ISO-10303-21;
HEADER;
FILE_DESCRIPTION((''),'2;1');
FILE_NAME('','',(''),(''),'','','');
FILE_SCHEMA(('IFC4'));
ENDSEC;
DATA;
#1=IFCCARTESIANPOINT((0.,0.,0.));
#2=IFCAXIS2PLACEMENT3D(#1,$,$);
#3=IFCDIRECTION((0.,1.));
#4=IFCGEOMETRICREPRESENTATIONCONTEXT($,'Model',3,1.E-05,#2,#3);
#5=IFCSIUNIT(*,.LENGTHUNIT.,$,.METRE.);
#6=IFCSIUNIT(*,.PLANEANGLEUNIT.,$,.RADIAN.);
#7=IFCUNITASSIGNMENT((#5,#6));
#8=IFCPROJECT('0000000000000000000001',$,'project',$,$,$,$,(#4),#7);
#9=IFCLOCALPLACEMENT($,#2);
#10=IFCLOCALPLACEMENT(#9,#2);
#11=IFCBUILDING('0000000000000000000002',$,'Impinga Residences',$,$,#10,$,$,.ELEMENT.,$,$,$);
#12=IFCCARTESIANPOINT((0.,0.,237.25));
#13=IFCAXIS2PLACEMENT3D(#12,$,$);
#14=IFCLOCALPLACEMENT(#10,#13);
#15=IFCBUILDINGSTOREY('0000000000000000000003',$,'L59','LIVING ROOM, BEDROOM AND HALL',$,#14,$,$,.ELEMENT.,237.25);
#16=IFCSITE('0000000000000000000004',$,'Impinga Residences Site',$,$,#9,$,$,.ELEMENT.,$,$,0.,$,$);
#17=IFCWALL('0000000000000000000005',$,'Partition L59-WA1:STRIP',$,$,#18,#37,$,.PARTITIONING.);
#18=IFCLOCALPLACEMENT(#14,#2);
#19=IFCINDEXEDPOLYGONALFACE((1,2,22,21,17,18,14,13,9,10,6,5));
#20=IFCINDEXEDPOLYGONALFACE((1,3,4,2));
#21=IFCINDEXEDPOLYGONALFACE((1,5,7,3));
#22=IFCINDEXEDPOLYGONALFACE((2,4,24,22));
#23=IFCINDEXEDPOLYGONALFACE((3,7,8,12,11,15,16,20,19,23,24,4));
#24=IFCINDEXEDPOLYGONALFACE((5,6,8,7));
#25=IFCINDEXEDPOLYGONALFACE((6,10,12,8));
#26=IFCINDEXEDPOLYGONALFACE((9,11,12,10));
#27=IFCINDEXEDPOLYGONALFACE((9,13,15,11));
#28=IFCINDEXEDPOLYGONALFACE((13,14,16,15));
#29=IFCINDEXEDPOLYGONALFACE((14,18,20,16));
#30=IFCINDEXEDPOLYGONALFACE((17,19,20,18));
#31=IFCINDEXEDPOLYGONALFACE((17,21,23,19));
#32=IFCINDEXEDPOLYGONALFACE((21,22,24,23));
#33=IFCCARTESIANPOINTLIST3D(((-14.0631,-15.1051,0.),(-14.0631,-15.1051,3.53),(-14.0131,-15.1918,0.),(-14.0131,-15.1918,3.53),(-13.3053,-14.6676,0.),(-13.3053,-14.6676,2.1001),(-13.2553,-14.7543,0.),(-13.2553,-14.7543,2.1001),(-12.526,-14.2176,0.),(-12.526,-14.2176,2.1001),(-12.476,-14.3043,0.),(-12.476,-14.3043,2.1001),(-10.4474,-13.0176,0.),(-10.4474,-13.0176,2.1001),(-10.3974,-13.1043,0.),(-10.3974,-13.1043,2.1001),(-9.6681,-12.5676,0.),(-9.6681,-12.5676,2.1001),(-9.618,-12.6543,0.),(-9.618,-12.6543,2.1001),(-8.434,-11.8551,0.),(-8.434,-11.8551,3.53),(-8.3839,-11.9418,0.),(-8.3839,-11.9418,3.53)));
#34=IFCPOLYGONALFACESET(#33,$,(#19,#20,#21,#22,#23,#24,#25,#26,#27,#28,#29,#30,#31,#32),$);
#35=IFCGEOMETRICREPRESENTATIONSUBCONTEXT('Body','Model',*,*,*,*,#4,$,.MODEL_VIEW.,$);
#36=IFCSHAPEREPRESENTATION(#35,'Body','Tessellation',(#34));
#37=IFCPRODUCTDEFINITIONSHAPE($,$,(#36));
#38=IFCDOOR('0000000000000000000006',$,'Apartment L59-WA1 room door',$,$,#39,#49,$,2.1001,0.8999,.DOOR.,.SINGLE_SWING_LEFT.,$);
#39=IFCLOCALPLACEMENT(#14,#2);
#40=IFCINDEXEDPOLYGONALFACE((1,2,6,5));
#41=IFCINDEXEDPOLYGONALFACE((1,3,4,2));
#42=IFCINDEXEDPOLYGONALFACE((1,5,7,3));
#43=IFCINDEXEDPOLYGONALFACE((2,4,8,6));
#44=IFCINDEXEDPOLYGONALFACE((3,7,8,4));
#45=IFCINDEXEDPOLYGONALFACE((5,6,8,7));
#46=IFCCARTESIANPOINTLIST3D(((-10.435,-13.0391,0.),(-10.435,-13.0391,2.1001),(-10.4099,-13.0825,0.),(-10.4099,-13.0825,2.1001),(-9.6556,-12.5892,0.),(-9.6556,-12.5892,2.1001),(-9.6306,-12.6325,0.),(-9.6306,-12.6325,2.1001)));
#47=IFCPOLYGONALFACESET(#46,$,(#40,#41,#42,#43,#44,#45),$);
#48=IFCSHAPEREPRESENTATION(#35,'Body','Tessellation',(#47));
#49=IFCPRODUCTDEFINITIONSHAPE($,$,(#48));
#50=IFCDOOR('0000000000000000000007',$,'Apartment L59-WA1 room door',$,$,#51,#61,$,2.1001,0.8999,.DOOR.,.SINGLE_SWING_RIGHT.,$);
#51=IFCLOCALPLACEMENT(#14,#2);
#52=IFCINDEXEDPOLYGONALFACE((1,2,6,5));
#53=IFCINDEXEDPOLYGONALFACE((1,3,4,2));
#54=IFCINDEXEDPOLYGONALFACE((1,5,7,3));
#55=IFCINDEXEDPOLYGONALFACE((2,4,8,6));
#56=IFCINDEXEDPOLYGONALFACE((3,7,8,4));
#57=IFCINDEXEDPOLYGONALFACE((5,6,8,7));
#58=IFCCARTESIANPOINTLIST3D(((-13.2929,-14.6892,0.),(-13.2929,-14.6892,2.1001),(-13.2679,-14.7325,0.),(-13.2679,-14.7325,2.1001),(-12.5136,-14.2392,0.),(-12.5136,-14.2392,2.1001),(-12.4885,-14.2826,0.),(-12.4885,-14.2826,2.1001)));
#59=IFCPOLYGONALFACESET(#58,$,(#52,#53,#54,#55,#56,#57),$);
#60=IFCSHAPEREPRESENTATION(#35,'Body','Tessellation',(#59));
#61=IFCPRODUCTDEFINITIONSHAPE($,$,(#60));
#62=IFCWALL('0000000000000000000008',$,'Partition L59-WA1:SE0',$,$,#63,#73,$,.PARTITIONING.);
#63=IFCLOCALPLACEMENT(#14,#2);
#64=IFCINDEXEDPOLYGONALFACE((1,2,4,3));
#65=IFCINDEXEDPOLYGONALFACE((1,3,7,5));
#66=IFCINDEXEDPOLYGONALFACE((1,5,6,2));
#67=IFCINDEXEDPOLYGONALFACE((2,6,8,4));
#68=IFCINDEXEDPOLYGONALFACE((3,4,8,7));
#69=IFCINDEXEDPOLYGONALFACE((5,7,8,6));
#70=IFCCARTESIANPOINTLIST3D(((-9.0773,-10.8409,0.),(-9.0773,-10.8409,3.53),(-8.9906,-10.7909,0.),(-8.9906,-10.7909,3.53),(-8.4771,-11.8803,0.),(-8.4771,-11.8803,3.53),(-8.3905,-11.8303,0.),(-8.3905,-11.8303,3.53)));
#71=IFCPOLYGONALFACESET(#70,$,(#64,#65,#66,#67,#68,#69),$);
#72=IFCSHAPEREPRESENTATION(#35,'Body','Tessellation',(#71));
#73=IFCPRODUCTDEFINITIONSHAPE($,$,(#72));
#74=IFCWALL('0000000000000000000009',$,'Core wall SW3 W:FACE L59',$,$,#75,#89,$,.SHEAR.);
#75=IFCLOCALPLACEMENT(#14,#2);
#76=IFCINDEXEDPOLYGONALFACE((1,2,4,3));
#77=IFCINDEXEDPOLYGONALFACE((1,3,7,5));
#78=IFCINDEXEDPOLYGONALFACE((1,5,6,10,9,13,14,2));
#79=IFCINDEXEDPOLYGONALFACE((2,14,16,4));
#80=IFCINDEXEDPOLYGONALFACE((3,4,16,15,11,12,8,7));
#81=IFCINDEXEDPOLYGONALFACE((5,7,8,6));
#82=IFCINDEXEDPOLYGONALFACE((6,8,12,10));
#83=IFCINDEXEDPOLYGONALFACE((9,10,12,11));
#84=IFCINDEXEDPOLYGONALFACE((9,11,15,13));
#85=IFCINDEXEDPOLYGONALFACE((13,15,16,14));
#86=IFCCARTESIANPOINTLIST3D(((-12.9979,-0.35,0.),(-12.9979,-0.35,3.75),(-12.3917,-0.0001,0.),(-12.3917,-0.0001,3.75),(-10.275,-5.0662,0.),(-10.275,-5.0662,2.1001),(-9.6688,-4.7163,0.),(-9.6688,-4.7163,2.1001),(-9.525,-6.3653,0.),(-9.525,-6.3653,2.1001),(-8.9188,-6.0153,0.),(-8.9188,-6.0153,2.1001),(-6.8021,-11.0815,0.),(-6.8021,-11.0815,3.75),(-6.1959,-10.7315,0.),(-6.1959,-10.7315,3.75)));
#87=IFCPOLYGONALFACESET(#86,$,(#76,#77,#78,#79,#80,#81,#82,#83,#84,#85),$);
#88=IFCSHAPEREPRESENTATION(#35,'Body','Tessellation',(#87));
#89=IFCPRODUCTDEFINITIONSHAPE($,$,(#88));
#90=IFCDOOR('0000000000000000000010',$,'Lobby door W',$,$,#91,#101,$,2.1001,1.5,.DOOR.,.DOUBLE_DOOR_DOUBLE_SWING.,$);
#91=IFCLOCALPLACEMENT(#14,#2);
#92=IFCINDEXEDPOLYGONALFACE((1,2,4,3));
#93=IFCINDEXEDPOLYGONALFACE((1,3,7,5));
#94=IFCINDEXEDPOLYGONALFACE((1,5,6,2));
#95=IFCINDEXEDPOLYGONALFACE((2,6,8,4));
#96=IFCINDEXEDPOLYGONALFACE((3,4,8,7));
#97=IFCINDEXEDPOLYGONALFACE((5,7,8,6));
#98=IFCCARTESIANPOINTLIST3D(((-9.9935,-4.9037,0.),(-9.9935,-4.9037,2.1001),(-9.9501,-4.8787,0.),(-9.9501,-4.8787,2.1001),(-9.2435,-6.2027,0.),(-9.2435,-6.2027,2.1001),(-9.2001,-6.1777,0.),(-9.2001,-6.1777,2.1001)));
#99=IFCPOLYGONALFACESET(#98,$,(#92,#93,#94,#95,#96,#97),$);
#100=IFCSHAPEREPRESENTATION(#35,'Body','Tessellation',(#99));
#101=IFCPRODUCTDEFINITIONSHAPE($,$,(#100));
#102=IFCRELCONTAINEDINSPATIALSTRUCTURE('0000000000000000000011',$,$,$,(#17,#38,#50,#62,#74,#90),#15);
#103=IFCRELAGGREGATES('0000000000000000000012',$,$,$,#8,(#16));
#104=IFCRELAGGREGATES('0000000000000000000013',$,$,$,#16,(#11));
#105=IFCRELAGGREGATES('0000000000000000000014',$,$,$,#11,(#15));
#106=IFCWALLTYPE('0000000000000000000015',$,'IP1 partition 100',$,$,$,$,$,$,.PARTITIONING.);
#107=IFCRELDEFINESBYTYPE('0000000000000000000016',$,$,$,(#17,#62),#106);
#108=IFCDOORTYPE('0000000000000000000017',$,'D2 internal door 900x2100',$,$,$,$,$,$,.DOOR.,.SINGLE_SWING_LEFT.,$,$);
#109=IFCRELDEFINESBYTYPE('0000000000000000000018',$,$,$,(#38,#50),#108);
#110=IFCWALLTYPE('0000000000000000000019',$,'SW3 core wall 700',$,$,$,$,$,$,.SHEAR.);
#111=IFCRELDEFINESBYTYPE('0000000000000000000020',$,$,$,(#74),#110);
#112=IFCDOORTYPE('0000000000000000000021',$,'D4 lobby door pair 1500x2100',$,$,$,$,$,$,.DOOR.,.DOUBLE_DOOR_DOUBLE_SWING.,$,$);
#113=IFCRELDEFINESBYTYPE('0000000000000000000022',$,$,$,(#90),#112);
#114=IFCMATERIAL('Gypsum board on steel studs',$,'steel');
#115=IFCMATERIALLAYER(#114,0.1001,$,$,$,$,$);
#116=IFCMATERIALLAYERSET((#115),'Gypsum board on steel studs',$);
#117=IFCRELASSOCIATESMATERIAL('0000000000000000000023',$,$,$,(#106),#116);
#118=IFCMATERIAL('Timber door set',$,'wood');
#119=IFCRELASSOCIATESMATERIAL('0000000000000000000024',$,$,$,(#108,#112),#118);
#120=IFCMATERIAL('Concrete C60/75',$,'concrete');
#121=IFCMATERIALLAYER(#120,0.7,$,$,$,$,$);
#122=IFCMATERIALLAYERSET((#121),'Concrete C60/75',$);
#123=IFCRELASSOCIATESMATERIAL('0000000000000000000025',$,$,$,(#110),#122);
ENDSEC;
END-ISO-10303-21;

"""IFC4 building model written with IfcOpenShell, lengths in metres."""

from ifc_helpers import new_model, si_unit, direction, frame, frame_2d, origin, place, context, subcontext, project, spatial, rectangle, extrude, material, layer, layer_set, type_object, element, fill, save


model = new_model("IFC4")

# Units and contexts
model_context = context("Model", 3, precision=1e-05, world=origin(), true_north=direction((0.0, 1.0)))
body_context = subcontext(model_context, "Body", "Model", "MODEL_VIEW")
ifc_project = project(units=[si_unit("LENGTHUNIT", "METRE"), si_unit("PLANEANGLEUNIT", "RADIAN")], contexts=[model_context])

# Site, building, storey
site_placement = place(None, origin())
site = spatial("IfcSite", under=ifc_project, at=site_placement, Name="Impinga Residences Site", CompositionType="ELEMENT", RefElevation=0.0)
building_placement = place(site_placement, origin())
building = spatial("IfcBuilding", under=site, at=building_placement, Name="Impinga Residences", CompositionType="ELEMENT")
storey_placement = place(building_placement, frame((0.0, 0.0, 237.25)))
storey = spatial("IfcBuildingStorey", under=building, at=storey_placement, Name="L59", Description="LIVING ROOM, BEDROOM AND HALL", CompositionType="ELEMENT", Elevation=237.25)

# Shared definitions
ifc_material_1 = material(Name="Concrete C60/75", Category="concrete")

# Shared definitions
ifc_material_2 = material(Name="Gypsum board on steel studs", Category="steel")
ifc_layer_1 = layer(ifc_material_2, 0.1001)
ifc_layer_set_1 = layer_set([ifc_layer_1], Name="Gypsum board on steel studs")
wall_type_1 = type_object("IfcWallType", Name="IP1 partition 100", PredefinedType="PARTITIONING", material=ifc_layer_set_1)

# Wall, openings, doors
wall_1_placement = place(storey_placement, frame((-8.4089, -11.8984, 0.0), z_axis=(0.0, 0.0, 1.0), x_axis=(-0.866025, -0.500001, 0.0)))
wall_1 = element("IfcWall", 1, at=wall_1_placement, inside=storey, type_object=wall_type_1, Name="Partition L59-WA1:STRIP", PredefinedType="PARTITIONING", context=body_context, shape_type="SweptSolid", body=[
    extrude(rectangle(XDim=6.5, YDim=0.1001, at=frame_2d((3.25, 0.0))), origin(), (0.0, 0.0, 1.0), 3.53),
])
opening_1_placement = place(wall_1_placement, frame((1.425, 0.0, 0.0)))
opening_1 = element("IfcOpeningElement", 2, at=opening_1_placement, cuts=wall_1, PredefinedType="OPENING", context=body_context, shape_type="SweptSolid", body=[
    extrude(rectangle(XDim=0.8999, YDim=2.1001, at=frame_2d((0.45, 1.05))), frame((0.0, 0.0601, 0.0), z_axis=(0.0, -1.0, 0.0), x_axis=(1.0, 0.0, 0.0)), (0.0, 0.0, 1.0), 0.1201),
])
opening_2_placement = place(wall_1_placement, frame((4.7251, 0.0, 0.0)))
opening_2 = element("IfcOpeningElement", 3, at=opening_2_placement, cuts=wall_1, PredefinedType="OPENING", context=body_context, shape_type="SweptSolid", body=[
    extrude(rectangle(XDim=0.8999, YDim=2.1001, at=frame_2d((0.45, 1.05))), frame((0.0, 0.0601, 0.0), z_axis=(0.0, -1.0, 0.0), x_axis=(1.0, 0.0, 0.0)), (0.0, 0.0, 1.0), 0.1201),
])
ifc_material_3 = material(Name="Timber door set", Category="wood")
door_type_1 = type_object("IfcDoorType", Name="D2 internal door 900x2100", OperationType="SINGLE_SWING_LEFT", PredefinedType="DOOR", material=ifc_material_3)
door_1_placement = place(opening_1_placement, origin())
door_1 = element("IfcDoor", 4, at=door_1_placement, inside=storey, type_object=door_type_1, Name="Apartment L59-WA1 room door", OperationType="SINGLE_SWING_LEFT", OverallHeight=2.1001, OverallWidth=0.8999, PredefinedType="DOOR", context=body_context, shape_type="SweptSolid", body=[
    extrude(rectangle(XDim=0.8999, YDim=2.1001, at=frame_2d((0.45, 1.05))), frame((0.0, 0.0249, 0.0), z_axis=(0.0, -1.0, 0.0), x_axis=(1.0, 0.0, 0.0)), (0.0, 0.0, 1.0), 0.05),
])
fill(opening_1, door_1)
door_2_placement = place(opening_2_placement, origin())
door_2 = element("IfcDoor", 5, at=door_2_placement, inside=storey, type_object=door_type_1, Name="Apartment L59-WA1 room door", OperationType="SINGLE_SWING_RIGHT", OverallHeight=2.1001, OverallWidth=0.8999, PredefinedType="DOOR", context=body_context, shape_type="SweptSolid", body=[
    extrude(rectangle(XDim=0.8999, YDim=2.1001, at=frame_2d((0.45, 1.05))), frame((0.0, 0.0249, 0.0), z_axis=(0.0, -1.0, 0.0), x_axis=(1.0, 0.0, 0.0)), (0.0, 0.0, 1.0), 0.05),
])
fill(opening_2, door_2)

# Wall
wall_2_placement = place(storey_placement, frame((-9.0339, -10.8159, 0.0), z_axis=(0.0, 0.0, 1.0), x_axis=(0.500034, -0.866006, 0.0)))
element("IfcWall", 6, at=wall_2_placement, inside=storey, type_object=wall_type_1, Name="Partition L59-WA1:SE0", PredefinedType="PARTITIONING", context=body_context, shape_type="SweptSolid", body=[
    extrude(rectangle(XDim=1.2002, YDim=0.1001, at=frame_2d((0.6001, 0.0))), origin(), (0.0, 0.0, 1.0), 3.53),
])

# Wall, opening, door
ifc_layer_2 = layer(ifc_material_1, 0.7)
ifc_layer_set_2 = layer_set([ifc_layer_2], Name="Concrete C60/75")
wall_type_2 = type_object("IfcWallType", Name="SW3 core wall 700", PredefinedType="SHEAR", material=ifc_layer_set_2)
wall_3_placement = place(storey_placement, frame((-6.499, -10.9065, 0.0), z_axis=(0.0, 0.0, 1.0), x_axis=(-0.5, 0.866025, 0.0)))
wall_3 = element("IfcWall", 7, at=wall_3_placement, inside=storey, type_object=wall_type_2, Name="Core wall SW3 W:FACE L59", PredefinedType="SHEAR", context=body_context, shape_type="SweptSolid", body=[
    extrude(rectangle(XDim=12.3916, YDim=0.7, at=frame_2d((6.1958, 0.0))), origin(), (0.0, 0.0, 1.0), 3.75),
])
opening_3_placement = place(wall_3_placement, frame((5.4458, 0.0, 0.0)))
opening_3 = element("IfcOpeningElement", 8, at=opening_3_placement, cuts=wall_3, PredefinedType="OPENING", context=body_context, shape_type="SweptSolid", body=[
    extrude(rectangle(XDim=1.5, YDim=2.1001, at=frame_2d((0.75, 1.05))), frame((0.0, 0.3599, 0.0), z_axis=(0.0, -1.0, 0.0), x_axis=(1.0, 0.0, 0.0)), (0.0, 0.0, 1.0), 0.72),
])
door_type_2 = type_object("IfcDoorType", Name="D4 lobby door pair 1500x2100", OperationType="DOUBLE_DOOR_DOUBLE_SWING", PredefinedType="DOOR", material=ifc_material_3)
door_3_placement = place(opening_3_placement, origin())
door_3 = element("IfcDoor", 9, at=door_3_placement, inside=storey, type_object=door_type_2, Name="Lobby door W", OperationType="DOUBLE_DOOR_DOUBLE_SWING", OverallHeight=2.1001, OverallWidth=1.5, PredefinedType="DOOR", context=body_context, shape_type="SweptSolid", body=[
    extrude(rectangle(XDim=1.5, YDim=2.1001, at=frame_2d((0.75, 1.05))), frame((0.0, 0.0249, 0.0), z_axis=(0.0, -1.0, 0.0), x_axis=(1.0, 0.0, 0.0)), (0.0, 0.0, 1.0), 0.05),
])
fill(opening_3, door_3)

save(model, "model.ifc")
